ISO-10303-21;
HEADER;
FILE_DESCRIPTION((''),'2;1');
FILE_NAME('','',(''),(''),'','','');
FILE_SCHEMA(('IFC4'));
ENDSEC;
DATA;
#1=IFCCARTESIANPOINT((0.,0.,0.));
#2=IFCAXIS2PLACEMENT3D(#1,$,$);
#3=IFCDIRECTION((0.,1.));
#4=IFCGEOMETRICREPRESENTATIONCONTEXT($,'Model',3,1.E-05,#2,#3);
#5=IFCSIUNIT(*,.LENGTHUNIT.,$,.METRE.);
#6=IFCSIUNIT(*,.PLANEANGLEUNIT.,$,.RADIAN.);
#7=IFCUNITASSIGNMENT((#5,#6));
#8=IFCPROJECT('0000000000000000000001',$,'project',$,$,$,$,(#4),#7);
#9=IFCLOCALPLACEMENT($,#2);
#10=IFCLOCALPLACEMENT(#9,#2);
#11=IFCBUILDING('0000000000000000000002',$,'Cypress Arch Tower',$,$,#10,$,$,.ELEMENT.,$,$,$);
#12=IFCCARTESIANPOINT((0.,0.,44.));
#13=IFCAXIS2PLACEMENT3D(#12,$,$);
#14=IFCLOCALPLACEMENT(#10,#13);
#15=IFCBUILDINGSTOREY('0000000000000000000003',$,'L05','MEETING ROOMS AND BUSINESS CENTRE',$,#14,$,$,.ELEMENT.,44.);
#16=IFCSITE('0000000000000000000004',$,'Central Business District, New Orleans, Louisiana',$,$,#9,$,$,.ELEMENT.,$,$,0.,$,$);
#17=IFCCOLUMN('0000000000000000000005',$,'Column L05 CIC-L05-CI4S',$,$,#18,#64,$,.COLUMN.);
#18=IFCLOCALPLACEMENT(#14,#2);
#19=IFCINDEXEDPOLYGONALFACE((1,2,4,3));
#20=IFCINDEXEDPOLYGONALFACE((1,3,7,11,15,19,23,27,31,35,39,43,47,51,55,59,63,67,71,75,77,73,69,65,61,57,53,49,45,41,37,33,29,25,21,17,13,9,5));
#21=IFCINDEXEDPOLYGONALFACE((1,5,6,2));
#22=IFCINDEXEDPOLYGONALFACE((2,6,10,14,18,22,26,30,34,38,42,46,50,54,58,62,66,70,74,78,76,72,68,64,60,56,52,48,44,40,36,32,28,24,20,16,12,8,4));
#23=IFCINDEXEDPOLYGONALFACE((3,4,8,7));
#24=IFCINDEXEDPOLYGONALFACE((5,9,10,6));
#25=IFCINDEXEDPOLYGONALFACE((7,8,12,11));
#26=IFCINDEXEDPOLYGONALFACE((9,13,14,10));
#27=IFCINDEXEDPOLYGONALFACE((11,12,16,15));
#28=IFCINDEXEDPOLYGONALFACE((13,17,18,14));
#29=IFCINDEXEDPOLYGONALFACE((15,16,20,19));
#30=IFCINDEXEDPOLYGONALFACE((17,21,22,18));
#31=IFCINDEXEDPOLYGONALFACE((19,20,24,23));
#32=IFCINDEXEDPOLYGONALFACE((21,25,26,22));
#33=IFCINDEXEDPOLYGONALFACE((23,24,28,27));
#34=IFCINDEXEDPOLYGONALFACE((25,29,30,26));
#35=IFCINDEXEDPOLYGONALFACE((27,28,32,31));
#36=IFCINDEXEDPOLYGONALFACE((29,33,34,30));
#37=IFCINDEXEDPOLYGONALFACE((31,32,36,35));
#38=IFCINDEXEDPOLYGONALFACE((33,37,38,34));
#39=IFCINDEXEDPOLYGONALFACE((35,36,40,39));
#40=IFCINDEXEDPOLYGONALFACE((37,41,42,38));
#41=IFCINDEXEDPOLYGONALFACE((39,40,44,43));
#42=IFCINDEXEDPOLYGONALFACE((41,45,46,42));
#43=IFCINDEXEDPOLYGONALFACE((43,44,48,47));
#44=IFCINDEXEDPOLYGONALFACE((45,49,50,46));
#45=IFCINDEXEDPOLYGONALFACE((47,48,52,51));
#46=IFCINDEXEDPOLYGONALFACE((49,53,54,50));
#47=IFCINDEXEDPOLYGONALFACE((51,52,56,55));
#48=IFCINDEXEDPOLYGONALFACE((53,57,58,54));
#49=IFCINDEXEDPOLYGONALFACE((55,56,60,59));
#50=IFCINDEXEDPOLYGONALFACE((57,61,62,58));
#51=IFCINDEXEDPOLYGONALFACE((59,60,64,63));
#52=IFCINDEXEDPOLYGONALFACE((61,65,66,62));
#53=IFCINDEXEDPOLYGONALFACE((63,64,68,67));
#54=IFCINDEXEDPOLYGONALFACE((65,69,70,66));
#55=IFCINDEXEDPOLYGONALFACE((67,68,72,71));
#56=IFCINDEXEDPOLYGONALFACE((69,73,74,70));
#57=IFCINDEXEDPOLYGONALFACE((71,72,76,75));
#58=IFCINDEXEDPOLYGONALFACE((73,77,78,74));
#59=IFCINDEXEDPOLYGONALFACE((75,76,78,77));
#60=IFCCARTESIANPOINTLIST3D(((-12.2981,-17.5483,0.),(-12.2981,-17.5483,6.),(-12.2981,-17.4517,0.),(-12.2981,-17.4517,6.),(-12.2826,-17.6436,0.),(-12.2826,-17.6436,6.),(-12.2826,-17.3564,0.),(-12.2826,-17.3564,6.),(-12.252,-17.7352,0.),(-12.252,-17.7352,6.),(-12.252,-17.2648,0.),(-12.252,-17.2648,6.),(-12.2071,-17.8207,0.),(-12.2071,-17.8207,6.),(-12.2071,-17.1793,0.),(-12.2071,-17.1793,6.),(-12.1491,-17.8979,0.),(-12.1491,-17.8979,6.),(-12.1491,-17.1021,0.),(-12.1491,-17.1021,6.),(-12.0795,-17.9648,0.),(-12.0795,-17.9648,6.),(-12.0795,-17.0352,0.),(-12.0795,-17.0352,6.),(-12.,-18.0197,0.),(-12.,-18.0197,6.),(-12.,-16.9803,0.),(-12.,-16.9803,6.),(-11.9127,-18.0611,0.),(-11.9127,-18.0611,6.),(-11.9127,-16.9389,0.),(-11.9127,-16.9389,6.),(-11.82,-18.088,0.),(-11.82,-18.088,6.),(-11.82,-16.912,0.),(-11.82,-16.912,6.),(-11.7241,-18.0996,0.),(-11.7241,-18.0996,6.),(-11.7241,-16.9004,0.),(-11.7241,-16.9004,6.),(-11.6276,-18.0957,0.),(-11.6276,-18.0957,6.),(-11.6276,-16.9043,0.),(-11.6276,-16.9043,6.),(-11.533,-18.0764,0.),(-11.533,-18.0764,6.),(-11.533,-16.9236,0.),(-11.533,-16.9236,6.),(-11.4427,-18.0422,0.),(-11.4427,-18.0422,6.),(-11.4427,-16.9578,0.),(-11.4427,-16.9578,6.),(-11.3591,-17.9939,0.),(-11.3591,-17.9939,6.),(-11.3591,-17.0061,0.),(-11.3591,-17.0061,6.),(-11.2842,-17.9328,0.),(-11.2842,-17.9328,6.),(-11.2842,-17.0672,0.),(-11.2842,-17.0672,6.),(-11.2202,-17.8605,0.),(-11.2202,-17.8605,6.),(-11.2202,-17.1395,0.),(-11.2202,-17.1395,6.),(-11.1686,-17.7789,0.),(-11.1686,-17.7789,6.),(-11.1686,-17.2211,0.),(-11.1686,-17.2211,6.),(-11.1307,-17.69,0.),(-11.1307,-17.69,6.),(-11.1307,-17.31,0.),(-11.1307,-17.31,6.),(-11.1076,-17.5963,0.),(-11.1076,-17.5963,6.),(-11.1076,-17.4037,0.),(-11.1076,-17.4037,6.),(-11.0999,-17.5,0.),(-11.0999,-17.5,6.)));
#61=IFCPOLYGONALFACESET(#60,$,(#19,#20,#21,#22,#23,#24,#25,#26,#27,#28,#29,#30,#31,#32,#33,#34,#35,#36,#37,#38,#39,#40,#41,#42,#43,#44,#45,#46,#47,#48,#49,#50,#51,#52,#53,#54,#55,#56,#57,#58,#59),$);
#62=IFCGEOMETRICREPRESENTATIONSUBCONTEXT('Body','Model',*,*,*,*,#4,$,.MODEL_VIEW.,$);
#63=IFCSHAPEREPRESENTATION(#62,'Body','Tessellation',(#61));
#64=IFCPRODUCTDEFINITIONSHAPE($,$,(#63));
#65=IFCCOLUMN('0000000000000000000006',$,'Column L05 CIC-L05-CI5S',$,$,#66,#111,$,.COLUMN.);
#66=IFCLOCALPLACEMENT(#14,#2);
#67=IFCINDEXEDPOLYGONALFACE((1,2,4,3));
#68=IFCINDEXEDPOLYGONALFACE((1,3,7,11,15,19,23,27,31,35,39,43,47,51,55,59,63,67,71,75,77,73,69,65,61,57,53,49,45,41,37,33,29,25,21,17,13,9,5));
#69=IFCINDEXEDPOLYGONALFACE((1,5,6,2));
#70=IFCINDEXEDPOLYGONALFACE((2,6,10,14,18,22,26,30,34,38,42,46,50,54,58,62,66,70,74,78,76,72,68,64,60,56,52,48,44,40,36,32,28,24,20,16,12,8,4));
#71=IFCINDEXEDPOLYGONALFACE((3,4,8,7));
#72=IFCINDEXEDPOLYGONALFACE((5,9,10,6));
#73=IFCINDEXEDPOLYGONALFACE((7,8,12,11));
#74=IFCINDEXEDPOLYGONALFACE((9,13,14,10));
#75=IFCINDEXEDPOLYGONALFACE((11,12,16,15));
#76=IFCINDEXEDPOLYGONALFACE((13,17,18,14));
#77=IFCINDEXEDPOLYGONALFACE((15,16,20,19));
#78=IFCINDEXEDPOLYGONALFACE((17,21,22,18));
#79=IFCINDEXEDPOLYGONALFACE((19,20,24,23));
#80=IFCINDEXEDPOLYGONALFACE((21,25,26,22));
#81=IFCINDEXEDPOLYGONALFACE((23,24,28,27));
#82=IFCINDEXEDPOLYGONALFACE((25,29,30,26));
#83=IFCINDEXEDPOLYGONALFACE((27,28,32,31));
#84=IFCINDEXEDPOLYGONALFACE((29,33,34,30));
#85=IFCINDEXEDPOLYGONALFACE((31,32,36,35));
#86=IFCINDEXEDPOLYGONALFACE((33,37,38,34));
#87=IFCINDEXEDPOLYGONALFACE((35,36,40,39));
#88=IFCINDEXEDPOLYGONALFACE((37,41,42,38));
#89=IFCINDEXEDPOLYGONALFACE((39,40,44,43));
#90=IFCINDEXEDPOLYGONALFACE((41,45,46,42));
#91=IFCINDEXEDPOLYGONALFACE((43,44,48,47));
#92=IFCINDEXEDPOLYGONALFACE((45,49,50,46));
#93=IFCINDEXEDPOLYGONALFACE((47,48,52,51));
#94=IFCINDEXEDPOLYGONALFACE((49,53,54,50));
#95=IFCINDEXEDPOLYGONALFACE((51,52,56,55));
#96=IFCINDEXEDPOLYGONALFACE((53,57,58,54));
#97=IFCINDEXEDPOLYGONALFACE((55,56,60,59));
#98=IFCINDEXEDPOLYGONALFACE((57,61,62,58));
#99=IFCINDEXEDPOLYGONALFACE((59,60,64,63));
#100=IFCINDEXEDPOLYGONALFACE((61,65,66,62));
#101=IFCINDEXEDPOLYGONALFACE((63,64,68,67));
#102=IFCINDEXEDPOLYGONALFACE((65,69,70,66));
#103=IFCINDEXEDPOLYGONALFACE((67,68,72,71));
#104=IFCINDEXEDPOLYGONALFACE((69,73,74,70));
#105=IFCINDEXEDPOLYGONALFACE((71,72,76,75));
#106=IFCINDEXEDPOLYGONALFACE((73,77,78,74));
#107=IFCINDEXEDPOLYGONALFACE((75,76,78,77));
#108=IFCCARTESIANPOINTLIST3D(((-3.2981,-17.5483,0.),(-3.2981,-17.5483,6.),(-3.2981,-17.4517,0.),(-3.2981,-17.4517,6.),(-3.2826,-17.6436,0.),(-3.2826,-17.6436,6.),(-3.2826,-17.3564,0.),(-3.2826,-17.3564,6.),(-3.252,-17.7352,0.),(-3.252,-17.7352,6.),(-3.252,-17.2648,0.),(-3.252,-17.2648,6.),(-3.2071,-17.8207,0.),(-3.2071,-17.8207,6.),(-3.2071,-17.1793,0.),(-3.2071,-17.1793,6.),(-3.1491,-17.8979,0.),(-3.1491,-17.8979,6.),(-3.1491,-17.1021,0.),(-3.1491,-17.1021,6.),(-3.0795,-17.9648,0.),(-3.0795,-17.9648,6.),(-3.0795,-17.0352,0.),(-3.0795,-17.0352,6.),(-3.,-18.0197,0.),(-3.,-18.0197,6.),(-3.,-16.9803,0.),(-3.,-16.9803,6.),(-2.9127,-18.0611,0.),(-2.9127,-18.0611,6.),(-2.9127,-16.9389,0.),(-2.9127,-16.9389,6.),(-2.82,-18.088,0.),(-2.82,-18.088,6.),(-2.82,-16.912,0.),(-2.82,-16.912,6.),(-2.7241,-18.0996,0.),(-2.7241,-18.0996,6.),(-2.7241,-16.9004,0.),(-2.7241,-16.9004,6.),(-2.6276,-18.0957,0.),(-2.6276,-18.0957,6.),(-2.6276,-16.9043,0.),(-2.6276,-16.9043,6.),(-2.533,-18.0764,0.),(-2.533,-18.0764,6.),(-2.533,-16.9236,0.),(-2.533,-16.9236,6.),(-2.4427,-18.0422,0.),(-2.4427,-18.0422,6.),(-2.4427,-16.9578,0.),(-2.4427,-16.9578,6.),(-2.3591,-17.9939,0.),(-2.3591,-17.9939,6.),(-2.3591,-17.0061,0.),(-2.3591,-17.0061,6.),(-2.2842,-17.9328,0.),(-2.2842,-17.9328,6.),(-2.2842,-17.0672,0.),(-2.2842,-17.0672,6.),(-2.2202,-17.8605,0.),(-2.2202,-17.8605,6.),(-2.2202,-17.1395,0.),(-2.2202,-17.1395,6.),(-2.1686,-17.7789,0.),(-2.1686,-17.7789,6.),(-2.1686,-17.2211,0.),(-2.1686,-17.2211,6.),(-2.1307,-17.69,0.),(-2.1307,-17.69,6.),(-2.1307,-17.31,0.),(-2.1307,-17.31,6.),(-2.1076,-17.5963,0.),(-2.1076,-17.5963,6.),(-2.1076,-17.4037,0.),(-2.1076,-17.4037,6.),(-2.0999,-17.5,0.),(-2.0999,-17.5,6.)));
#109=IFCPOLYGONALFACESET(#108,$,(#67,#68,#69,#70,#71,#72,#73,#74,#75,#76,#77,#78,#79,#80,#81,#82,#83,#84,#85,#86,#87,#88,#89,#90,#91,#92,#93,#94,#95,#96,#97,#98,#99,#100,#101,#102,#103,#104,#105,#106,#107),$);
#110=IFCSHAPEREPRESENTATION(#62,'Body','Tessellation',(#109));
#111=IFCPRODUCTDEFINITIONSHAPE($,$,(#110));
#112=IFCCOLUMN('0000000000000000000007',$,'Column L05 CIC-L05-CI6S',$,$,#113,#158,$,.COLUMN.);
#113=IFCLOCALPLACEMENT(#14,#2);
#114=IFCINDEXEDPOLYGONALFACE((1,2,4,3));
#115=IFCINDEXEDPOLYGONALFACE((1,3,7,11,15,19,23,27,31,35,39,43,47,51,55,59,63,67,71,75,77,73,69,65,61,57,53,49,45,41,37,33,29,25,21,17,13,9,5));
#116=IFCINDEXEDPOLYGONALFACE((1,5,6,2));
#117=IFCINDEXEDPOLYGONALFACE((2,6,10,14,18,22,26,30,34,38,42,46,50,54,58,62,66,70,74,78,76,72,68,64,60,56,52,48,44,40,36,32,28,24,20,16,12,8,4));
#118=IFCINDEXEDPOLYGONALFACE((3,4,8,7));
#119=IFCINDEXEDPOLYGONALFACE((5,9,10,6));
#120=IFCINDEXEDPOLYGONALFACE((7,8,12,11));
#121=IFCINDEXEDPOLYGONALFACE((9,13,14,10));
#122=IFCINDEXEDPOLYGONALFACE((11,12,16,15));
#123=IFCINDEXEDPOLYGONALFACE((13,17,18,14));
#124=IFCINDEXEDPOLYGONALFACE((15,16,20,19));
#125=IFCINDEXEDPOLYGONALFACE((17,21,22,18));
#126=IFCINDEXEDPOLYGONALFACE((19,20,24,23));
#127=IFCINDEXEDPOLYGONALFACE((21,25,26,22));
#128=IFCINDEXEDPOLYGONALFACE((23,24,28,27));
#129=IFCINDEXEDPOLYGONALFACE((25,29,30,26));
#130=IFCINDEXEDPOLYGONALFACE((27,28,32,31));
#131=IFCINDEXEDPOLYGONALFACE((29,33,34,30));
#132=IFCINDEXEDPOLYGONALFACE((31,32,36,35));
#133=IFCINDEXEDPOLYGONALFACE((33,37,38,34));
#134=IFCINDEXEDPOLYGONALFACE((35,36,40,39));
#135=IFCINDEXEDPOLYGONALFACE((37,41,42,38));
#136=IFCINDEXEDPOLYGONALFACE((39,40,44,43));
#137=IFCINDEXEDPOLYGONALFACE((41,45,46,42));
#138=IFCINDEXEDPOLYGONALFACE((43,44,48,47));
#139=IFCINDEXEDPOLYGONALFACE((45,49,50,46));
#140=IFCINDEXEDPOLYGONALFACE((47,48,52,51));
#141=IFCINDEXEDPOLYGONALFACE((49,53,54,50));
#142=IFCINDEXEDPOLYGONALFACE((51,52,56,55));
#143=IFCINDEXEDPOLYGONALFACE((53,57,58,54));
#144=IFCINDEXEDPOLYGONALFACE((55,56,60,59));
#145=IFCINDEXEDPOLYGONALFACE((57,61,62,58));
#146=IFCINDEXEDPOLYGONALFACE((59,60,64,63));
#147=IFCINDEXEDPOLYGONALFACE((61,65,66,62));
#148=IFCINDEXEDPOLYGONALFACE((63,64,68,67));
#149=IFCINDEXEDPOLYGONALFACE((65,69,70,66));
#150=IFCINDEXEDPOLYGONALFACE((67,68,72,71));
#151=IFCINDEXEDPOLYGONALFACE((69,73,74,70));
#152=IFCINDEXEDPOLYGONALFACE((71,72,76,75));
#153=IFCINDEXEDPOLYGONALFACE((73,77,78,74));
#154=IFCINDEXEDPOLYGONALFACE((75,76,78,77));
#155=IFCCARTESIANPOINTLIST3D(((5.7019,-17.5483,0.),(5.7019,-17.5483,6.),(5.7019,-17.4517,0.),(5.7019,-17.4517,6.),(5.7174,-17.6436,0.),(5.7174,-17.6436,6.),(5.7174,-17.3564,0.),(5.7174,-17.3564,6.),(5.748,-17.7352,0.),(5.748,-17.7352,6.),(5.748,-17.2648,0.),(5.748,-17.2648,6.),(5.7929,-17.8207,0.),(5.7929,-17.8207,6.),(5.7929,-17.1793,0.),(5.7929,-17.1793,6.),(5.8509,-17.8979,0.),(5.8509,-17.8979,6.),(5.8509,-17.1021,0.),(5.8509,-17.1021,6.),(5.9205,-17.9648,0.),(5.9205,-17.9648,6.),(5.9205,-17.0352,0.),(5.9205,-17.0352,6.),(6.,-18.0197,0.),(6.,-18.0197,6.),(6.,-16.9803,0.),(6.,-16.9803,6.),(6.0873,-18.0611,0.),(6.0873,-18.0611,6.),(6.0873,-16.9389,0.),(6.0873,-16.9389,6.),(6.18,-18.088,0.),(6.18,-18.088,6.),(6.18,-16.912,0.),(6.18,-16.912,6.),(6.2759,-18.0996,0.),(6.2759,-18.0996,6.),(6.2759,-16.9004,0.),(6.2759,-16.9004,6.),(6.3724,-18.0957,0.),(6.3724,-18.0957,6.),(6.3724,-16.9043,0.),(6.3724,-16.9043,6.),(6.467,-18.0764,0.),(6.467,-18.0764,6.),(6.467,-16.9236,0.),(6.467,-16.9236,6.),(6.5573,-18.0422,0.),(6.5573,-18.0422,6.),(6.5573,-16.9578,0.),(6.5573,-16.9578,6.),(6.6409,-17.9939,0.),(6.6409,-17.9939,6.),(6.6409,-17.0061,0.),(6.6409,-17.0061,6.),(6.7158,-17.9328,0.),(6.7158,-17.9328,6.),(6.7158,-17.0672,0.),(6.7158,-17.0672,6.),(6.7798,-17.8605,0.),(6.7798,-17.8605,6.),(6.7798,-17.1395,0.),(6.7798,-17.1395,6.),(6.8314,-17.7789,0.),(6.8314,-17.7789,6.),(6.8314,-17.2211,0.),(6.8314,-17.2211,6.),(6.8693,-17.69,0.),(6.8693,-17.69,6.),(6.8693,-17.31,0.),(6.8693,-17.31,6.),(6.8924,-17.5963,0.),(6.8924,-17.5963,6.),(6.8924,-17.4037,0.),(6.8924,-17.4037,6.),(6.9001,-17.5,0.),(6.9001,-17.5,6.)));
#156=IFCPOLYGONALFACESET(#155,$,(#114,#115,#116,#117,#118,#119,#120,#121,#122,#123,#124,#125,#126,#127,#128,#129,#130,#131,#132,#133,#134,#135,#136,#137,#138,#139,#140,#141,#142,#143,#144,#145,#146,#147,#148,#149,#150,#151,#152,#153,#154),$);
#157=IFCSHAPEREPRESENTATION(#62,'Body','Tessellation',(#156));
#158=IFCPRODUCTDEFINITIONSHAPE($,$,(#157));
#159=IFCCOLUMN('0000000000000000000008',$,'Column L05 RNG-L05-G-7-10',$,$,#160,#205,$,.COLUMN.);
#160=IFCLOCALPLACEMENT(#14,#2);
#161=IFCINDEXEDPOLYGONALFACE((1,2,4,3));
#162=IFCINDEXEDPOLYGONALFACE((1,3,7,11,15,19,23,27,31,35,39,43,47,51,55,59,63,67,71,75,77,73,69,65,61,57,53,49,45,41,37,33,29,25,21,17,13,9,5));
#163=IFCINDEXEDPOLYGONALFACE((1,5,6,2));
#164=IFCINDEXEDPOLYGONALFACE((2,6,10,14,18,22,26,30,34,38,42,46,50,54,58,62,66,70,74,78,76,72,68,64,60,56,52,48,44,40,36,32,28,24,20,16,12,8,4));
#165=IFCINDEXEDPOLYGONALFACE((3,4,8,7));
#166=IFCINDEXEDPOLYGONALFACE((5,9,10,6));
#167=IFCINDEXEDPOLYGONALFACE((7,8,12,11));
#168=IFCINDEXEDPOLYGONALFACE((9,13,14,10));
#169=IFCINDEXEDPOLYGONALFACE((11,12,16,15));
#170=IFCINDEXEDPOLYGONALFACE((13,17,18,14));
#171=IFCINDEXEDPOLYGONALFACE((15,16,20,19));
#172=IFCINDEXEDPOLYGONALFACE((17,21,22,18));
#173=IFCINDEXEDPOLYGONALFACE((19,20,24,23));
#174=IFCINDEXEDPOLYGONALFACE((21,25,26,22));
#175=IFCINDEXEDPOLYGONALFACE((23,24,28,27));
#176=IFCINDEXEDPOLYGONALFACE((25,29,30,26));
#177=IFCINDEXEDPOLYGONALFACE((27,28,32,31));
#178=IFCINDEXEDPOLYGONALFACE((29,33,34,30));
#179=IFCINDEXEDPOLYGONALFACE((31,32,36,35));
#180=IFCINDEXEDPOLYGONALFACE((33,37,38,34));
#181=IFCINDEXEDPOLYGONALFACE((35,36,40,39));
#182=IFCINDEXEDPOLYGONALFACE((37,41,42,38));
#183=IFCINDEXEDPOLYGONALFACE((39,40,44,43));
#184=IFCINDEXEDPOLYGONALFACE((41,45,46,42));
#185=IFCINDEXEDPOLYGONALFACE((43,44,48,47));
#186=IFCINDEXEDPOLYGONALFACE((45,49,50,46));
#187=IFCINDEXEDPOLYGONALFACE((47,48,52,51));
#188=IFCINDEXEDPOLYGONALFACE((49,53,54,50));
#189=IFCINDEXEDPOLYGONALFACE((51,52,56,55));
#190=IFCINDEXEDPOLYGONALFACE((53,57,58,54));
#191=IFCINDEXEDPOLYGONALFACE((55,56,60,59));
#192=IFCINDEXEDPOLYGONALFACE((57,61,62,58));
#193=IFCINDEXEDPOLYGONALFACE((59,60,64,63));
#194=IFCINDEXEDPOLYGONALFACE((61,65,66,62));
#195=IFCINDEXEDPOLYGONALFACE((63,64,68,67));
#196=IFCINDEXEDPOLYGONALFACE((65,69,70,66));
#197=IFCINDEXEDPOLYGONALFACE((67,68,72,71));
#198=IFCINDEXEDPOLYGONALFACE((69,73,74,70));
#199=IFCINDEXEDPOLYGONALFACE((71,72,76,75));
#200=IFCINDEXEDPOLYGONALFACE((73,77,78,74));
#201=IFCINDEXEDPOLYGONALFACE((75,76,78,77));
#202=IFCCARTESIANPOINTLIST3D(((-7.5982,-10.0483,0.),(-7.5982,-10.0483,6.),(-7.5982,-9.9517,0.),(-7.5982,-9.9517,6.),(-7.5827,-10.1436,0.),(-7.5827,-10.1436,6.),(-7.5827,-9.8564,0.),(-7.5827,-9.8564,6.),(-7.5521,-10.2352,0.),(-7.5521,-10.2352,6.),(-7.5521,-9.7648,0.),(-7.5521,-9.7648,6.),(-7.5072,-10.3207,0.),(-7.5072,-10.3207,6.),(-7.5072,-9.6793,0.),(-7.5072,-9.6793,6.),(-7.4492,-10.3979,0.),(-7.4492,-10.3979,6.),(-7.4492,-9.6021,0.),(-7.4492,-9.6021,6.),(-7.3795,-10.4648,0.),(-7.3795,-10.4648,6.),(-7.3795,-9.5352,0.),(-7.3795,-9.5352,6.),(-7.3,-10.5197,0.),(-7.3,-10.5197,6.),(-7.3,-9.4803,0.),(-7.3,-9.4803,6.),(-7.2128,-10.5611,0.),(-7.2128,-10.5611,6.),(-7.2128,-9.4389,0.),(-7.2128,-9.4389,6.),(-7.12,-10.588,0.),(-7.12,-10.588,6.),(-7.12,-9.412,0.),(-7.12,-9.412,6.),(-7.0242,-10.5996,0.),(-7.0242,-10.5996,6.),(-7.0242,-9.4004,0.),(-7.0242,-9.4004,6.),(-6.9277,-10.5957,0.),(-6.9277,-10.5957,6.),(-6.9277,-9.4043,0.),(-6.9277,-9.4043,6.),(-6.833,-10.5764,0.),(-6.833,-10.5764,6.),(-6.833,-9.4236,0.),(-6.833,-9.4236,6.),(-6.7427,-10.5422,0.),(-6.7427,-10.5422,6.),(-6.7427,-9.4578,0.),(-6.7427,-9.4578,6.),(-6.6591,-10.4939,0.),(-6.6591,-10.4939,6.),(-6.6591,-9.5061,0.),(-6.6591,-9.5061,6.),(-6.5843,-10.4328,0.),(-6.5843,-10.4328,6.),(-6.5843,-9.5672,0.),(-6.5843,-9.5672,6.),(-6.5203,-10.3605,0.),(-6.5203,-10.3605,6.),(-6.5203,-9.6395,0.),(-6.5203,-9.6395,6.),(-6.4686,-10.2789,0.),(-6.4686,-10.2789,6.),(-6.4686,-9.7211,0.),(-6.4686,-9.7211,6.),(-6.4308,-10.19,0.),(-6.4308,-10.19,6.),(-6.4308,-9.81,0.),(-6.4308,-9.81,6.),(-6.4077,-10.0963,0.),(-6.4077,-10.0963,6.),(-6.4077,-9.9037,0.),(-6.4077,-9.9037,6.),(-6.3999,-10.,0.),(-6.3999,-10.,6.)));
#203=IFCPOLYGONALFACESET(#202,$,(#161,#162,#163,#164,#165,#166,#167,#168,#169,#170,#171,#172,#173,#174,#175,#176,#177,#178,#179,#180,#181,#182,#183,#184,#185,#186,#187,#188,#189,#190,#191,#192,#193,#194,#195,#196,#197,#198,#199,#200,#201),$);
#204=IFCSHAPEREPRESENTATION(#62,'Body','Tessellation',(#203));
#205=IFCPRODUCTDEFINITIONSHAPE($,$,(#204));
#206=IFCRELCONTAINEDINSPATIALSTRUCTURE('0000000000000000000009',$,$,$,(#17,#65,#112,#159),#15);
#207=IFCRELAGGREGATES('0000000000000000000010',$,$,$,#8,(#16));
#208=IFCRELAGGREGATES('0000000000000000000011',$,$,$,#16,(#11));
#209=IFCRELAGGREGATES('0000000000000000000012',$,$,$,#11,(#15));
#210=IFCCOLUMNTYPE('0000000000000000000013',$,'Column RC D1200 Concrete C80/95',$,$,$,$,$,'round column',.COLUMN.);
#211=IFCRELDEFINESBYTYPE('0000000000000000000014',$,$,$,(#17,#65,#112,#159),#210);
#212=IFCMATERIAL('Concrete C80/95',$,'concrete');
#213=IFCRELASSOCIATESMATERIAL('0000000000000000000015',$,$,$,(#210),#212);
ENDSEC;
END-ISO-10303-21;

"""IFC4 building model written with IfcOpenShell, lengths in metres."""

from ifc_helpers import new_model, si_unit, direction, frame, origin, origin_2d, place, context, subcontext, project, spatial, circle, extrude, material, material_profile, profile_set, type_object, element, save


model = new_model("IFC4")

# Units and contexts
model_context = context("Model", 3, precision=1e-05, world=origin(), true_north=direction((0.0, 1.0)))
body_context = subcontext(model_context, "Body", "Model", "MODEL_VIEW")
ifc_project = project(units=[si_unit("LENGTHUNIT", "METRE"), si_unit("PLANEANGLEUNIT", "RADIAN")], contexts=[model_context])

# Site, building, storey
site_placement = place(None, origin())
site = spatial("IfcSite", under=ifc_project, at=site_placement, Name="Central Business District, New Orleans, Louisiana", CompositionType="ELEMENT", RefElevation=0.0)
building_placement = place(site_placement, origin())
building = spatial("IfcBuilding", under=site, at=building_placement, Name="Cypress Arch Tower", CompositionType="ELEMENT")
storey_placement = place(building_placement, frame((0.0, 0.0, 44.0)))
storey = spatial("IfcBuildingStorey", under=building, at=storey_placement, Name="L05", Description="MEETING ROOMS AND BUSINESS CENTRE", CompositionType="ELEMENT", Elevation=44.0)

# Columns
ifc_material_1 = material(Name="Concrete C80/95", Category="concrete")
ifc_material_profile_1 = material_profile(ifc_material_1, circle(Radius=0.6001, at=origin_2d()), Name="RC D1200")
ifc_profile_set_1 = profile_set([ifc_material_profile_1], Name="Concrete C80/95")
column_type_1 = type_object("IfcColumnType", Name="Column RC D1200 Concrete C80/95", ElementType="round column", PredefinedType="COLUMN", material=ifc_profile_set_1)
for number, where, z_axis, x_axis, name in (
    (1, (-11.7, -17.5, 0.0), (0.0, 0.0, 1.0), (1.0, 0.0, 0.0), "Column L05 CIC-L05-CI4S"),
    (2, (-2.7, -17.5, 0.0), (0.0, 0.0, 1.0), (1.0, 0.0, 0.0), "Column L05 CIC-L05-CI5S"),
    (3, (6.3, -17.5, 0.0), (0.0, 0.0, 1.0), (1.0, 0.0, 0.0), "Column L05 CIC-L05-CI6S"),
    (4, (-7.0, -10.0, 0.0), (0.0, 0.0, 1.0), (1.0, 0.0, 0.0), "Column L05 RNG-L05-G-7-10"),
):
    element("IfcColumn", number, at=place(storey_placement, frame(where, z_axis=z_axis, x_axis=x_axis)), inside=storey, type_object=column_type_1, Name=name, PredefinedType="COLUMN", context=body_context, shape_type="SweptSolid", body=[
        extrude(circle(Radius=0.6001, at=origin_2d()), origin(), (0.0, 0.0, 1.0), 6.0),
    ])

save(model, "model.ifc")
